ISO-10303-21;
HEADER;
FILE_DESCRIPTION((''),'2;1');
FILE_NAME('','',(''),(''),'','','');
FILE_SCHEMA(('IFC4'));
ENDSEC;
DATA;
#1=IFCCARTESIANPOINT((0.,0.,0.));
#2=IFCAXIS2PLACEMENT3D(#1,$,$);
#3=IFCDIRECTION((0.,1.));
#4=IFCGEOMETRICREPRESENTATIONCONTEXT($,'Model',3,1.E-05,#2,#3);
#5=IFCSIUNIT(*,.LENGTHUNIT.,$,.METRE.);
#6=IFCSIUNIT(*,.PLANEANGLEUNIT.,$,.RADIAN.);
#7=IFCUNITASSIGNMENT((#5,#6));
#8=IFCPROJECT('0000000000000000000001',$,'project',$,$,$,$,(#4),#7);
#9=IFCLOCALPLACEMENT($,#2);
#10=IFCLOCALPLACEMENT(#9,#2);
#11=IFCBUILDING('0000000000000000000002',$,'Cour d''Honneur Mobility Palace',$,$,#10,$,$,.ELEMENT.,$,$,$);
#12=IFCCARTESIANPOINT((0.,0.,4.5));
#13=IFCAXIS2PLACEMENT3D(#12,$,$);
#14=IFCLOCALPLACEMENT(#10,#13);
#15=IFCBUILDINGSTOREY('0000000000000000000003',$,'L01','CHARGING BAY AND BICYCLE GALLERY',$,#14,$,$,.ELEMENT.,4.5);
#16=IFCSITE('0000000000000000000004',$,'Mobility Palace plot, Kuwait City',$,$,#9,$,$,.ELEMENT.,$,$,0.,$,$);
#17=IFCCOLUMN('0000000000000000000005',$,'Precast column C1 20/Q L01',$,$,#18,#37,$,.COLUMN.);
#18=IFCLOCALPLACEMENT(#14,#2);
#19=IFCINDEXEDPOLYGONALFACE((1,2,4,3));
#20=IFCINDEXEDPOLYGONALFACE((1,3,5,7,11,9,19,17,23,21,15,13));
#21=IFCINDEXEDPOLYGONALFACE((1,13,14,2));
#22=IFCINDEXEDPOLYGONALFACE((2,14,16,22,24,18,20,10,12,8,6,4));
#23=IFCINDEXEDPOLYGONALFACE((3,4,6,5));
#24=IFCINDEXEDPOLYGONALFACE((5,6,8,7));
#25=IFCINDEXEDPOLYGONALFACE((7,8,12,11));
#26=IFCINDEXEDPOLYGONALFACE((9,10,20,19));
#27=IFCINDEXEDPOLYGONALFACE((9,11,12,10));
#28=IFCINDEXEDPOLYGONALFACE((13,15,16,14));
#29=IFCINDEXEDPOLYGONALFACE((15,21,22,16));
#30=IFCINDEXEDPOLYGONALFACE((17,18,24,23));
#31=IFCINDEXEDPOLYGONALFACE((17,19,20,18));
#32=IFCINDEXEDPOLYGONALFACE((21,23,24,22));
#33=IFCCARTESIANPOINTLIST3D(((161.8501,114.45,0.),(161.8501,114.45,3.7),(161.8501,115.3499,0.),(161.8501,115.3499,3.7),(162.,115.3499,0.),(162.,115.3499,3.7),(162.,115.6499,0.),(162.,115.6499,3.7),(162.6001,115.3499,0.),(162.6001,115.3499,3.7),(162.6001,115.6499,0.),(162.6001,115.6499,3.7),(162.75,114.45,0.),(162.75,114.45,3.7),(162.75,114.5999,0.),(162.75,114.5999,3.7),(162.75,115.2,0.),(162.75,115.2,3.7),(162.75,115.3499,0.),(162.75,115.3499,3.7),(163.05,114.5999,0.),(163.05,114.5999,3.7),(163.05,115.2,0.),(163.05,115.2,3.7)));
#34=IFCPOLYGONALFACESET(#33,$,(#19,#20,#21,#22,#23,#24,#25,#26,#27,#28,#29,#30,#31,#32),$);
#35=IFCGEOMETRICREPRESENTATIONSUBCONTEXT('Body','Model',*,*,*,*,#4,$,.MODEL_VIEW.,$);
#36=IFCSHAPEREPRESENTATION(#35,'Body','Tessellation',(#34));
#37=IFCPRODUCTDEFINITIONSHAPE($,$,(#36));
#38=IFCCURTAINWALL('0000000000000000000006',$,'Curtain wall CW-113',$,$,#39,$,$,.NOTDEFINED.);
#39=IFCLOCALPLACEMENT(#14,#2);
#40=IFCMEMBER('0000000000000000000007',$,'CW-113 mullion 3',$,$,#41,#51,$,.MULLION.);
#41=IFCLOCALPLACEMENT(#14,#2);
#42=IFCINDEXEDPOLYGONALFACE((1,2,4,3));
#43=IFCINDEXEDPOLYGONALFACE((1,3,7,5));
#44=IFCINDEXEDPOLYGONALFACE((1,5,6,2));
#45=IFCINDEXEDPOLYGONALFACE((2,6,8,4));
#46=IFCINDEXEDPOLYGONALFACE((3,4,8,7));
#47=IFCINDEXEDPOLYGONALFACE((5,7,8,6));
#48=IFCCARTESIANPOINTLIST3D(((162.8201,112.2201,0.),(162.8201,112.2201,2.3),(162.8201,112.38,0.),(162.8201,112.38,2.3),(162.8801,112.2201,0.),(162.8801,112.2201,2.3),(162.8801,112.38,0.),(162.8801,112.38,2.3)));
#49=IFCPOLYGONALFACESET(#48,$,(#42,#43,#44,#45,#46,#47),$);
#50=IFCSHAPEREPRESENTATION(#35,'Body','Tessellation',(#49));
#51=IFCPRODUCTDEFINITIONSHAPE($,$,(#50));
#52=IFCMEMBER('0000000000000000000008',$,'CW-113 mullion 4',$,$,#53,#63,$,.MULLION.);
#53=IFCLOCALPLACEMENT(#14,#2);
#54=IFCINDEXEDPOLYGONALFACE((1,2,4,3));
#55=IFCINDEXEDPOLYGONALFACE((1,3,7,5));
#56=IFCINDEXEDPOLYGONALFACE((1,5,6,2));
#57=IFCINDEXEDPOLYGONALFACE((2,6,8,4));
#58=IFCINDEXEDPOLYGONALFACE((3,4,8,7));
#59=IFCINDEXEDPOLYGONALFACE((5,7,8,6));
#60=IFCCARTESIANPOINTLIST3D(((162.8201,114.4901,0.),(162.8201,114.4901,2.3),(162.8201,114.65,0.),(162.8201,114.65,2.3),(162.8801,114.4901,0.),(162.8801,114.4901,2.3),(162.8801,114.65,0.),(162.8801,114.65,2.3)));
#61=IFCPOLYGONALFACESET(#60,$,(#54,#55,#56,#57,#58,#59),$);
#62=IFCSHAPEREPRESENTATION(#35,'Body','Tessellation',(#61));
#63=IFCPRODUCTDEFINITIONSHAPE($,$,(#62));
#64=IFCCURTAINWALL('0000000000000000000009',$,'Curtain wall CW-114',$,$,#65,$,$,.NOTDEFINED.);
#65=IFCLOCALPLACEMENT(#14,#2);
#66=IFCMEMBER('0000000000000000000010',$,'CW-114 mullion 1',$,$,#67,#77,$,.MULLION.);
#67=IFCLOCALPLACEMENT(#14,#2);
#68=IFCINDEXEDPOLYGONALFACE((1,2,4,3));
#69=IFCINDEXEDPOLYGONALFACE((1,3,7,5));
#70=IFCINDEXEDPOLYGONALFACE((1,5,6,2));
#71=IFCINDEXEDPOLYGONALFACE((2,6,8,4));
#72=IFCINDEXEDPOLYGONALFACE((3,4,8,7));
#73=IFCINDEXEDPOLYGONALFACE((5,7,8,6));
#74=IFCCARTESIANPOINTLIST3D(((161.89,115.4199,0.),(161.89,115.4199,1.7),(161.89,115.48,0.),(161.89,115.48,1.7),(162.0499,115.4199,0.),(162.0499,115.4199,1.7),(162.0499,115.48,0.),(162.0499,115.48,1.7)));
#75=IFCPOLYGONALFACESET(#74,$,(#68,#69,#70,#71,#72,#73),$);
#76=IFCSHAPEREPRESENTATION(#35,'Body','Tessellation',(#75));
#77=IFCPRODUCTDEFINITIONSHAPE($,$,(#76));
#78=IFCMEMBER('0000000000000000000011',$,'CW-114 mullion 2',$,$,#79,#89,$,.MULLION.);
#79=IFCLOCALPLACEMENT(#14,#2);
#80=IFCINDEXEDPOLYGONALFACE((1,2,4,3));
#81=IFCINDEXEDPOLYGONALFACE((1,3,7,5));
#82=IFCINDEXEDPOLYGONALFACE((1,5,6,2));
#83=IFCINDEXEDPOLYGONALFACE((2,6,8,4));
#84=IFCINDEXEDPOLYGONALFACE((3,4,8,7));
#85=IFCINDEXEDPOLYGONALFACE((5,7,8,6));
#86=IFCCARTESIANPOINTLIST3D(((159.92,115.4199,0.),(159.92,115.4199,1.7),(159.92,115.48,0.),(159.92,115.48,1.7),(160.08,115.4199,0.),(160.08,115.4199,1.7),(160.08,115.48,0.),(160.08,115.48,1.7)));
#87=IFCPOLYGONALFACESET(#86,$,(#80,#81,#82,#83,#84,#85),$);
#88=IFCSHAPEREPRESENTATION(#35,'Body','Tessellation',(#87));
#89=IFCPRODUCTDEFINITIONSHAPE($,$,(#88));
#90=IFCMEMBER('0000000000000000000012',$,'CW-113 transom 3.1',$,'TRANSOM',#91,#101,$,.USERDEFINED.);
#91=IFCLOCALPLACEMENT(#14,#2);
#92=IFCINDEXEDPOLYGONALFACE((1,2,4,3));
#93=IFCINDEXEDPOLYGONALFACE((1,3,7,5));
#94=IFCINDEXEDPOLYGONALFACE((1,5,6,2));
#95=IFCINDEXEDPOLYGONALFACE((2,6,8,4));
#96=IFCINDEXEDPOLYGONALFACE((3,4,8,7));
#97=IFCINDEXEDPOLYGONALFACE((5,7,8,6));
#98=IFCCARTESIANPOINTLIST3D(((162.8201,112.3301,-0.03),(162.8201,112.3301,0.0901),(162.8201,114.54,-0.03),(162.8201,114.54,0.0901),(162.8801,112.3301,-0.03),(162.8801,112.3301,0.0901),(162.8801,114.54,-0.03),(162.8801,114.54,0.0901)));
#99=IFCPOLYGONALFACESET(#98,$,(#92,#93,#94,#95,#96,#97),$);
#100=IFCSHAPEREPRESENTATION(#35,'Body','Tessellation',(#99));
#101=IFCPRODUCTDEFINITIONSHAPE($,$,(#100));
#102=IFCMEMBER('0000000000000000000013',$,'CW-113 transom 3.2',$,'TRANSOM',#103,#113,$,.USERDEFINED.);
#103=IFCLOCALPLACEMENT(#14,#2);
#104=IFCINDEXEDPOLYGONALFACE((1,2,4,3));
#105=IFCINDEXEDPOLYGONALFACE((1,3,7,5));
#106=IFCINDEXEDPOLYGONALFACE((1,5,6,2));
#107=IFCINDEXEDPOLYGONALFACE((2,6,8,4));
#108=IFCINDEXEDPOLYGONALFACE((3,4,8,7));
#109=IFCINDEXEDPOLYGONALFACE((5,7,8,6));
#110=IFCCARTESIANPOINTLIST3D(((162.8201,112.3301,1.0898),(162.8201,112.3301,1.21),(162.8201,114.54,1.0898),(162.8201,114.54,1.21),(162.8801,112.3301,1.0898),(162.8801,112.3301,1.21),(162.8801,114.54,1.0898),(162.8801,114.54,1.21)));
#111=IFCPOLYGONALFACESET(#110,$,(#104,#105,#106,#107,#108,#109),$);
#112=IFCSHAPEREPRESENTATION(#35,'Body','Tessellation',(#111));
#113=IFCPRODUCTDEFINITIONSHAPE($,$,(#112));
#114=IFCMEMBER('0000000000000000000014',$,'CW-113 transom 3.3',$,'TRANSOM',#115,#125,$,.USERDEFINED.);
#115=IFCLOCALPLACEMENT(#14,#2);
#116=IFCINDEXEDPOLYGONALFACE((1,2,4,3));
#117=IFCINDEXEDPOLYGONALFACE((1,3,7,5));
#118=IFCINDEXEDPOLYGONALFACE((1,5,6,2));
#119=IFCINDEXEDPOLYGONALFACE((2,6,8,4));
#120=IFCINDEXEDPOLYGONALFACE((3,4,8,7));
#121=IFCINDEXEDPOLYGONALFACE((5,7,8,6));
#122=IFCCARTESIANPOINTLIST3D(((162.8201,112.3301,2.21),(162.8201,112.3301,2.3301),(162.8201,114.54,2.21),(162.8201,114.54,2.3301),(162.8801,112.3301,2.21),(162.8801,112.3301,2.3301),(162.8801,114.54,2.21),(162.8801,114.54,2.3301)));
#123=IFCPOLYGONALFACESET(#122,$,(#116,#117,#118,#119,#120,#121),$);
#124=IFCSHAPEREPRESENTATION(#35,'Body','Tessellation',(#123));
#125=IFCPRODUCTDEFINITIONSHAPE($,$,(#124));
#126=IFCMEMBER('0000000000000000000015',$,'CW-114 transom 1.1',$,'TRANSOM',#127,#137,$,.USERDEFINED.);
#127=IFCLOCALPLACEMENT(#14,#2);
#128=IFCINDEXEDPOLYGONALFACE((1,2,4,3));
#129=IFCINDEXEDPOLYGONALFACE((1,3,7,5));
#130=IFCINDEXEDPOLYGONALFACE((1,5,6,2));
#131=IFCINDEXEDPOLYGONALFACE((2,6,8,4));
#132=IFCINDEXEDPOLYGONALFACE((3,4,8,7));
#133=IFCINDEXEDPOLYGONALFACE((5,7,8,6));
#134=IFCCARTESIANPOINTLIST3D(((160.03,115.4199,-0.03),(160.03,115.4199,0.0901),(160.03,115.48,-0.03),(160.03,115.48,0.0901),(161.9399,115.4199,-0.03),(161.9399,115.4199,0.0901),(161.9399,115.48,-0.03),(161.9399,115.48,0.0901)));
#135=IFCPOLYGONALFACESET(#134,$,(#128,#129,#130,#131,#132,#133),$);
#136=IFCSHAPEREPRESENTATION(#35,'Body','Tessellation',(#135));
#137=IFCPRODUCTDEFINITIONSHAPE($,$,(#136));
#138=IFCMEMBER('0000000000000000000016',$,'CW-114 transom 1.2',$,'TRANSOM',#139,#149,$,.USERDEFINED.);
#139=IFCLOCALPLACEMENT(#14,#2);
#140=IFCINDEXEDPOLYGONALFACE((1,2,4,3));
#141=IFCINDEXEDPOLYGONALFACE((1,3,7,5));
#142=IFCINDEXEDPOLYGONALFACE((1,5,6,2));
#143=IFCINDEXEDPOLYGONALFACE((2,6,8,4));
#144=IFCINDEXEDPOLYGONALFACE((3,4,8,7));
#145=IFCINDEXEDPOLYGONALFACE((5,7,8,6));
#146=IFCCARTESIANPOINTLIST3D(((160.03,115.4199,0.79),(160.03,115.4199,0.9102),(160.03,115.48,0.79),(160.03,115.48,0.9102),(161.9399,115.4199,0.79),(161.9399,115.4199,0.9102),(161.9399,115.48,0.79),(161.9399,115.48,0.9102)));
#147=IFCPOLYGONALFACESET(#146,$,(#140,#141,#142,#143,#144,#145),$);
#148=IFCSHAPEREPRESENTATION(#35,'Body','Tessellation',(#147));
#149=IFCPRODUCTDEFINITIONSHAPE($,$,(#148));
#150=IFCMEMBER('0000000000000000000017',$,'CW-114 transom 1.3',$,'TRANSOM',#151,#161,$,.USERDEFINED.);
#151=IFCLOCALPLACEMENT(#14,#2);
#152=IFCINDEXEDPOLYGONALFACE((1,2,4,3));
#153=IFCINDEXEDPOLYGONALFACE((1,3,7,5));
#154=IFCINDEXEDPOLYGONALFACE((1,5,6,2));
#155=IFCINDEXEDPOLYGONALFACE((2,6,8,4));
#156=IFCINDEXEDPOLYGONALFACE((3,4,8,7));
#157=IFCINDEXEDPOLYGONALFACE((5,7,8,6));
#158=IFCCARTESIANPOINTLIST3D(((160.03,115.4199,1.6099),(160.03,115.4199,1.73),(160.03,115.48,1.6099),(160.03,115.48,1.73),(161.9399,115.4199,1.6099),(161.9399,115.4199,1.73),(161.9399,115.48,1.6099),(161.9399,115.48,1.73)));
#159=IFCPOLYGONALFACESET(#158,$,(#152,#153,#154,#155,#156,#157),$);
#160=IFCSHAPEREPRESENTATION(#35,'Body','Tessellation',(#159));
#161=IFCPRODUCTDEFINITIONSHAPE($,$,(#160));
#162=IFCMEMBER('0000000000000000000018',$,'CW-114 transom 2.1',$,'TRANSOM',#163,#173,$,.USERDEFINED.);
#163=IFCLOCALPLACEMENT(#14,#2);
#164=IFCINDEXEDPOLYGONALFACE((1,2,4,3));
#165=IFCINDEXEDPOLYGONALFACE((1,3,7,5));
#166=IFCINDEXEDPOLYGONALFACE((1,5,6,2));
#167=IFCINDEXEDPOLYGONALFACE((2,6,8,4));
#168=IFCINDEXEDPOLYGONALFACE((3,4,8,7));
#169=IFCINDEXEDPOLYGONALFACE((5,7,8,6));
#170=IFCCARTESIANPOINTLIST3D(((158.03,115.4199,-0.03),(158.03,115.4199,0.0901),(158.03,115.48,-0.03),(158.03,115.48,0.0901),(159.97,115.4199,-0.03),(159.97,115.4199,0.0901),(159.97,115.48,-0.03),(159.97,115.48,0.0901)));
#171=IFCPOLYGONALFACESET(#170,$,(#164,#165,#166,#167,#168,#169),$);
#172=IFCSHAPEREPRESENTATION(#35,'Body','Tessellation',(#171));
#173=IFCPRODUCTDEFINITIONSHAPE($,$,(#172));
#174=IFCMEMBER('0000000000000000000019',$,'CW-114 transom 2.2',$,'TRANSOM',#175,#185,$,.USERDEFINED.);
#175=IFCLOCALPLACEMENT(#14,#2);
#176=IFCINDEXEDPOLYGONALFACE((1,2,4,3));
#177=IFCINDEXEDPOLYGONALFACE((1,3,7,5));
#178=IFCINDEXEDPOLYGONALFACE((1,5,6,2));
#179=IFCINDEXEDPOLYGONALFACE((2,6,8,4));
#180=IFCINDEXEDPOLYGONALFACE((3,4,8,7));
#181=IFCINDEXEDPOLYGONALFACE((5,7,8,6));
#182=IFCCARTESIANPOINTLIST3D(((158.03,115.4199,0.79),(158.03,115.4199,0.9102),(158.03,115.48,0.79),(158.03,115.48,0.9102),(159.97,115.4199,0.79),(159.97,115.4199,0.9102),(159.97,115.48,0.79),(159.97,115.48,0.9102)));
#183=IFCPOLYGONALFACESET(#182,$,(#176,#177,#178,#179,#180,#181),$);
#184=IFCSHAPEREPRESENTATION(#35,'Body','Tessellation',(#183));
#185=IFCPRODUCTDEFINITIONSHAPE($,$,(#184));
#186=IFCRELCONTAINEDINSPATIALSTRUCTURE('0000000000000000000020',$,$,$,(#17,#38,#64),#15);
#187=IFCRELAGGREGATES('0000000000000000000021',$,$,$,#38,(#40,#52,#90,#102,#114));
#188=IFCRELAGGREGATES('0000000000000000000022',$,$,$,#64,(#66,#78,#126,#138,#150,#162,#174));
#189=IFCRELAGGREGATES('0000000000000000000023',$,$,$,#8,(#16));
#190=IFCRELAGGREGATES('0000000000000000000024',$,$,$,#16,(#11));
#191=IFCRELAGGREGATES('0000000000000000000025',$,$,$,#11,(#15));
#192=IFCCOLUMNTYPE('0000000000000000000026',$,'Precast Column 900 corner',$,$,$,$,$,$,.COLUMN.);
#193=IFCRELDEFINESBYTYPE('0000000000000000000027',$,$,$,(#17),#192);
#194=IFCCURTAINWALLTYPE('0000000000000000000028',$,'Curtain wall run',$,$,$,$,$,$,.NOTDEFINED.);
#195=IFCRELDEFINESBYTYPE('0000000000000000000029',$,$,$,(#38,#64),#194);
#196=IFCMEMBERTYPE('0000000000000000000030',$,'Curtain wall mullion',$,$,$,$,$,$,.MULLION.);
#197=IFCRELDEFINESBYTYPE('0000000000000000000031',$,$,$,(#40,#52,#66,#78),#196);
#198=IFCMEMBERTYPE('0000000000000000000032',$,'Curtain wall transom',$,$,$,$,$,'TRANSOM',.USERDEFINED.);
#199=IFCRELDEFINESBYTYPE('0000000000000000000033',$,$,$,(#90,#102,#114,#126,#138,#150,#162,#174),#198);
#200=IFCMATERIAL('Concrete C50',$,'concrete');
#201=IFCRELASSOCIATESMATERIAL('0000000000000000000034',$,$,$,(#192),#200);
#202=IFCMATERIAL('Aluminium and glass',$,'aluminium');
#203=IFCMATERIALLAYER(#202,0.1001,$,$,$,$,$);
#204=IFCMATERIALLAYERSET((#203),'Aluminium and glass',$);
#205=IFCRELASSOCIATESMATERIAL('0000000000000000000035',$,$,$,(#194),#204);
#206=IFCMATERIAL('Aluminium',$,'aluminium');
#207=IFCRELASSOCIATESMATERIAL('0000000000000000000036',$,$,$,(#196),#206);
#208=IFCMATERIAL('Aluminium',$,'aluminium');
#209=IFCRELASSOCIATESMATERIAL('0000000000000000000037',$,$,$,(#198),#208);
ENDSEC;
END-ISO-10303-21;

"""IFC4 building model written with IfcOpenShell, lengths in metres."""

from ifc_helpers import new_model, si_unit, direction, frame, origin, origin_2d, place, context, subcontext, project, spatial, polyline, rectangle, outline, extrude, material, layer, layer_set, material_profile, profile_set, type_object, element, aggregate, save


model = new_model("IFC4")

# Units and contexts
model_context = context("Model", 3, precision=1e-05, world=origin(), true_north=direction((0.0, 1.0)))
body_context = subcontext(model_context, "Body", "Model", "MODEL_VIEW")
ifc_project = project(units=[si_unit("LENGTHUNIT", "METRE"), si_unit("PLANEANGLEUNIT", "RADIAN")], contexts=[model_context])

# Site, building, storey
site_placement = place(None, origin())
site = spatial("IfcSite", under=ifc_project, at=site_placement, Name="Mobility Palace plot, Kuwait City", CompositionType="ELEMENT", RefElevation=0.0)
building_placement = place(site_placement, origin())
building = spatial("IfcBuilding", under=site, at=building_placement, Name="Cour d'Honneur Mobility Palace", CompositionType="ELEMENT")
storey_placement = place(building_placement, frame((0.0, 0.0, 4.5)))
storey = spatial("IfcBuildingStorey", under=building, at=storey_placement, Name="L01", Description="CHARGING BAY AND BICYCLE GALLERY", CompositionType="ELEMENT", Elevation=4.5)

# Column
ifc_material_1 = material(Name="Concrete C50", Category="concrete")
ifc_material_profile_1 = material_profile(ifc_material_1, outline(polyline([(-0.45, -0.45), (0.45, -0.45), (0.45, -0.3), (0.75, -0.3), (0.75, 0.3), (0.45, 0.3), (0.45, 0.45), (0.3, 0.45), (0.3, 0.75), (-0.3, 0.75), (-0.3, 0.45), (-0.45, 0.45), (-0.45, -0.45)])), Name="PC C900 corner")
ifc_profile_set_1 = profile_set([ifc_material_profile_1], Name="Concrete C50")
column_type = type_object("IfcColumnType", Name="Precast Column 900 corner", PredefinedType="COLUMN", material=ifc_profile_set_1)
column_placement = place(storey_placement, frame((162.3, 114.8999, 0.0), z_axis=(0.0, 0.0, 1.0), x_axis=(1.0, 0.0, 0.0)))
element("IfcColumn", 1, at=column_placement, inside=storey, type_object=column_type, Name="Precast column C1 20/Q L01", PredefinedType="COLUMN", context=body_context, shape_type="SweptSolid", body=[
    extrude(outline(polyline([(-0.45, -0.45), (0.45, -0.45), (0.45, -0.3), (0.75, -0.3), (0.75, 0.3), (0.45, 0.3), (0.45, 0.45), (0.3, 0.45), (0.3, 0.75), (-0.3, 0.75), (-0.3, 0.45), (-0.45, 0.45), (-0.45, -0.45)])), origin(), (0.0, 0.0, 1.0), 3.7),
])

# Curtain walls, members
ifc_material_2 = material(Name="Aluminium and glass", Category="aluminium")
ifc_layer_1 = layer(ifc_material_2, 0.1001)
ifc_layer_set_1 = layer_set([ifc_layer_1], Name="Aluminium and glass")
curtain_wall_type = type_object("IfcCurtainWallType", Name="Curtain wall run", PredefinedType="NOTDEFINED", material=ifc_layer_set_1)
curtain_wall_1_placement = place(storey_placement, origin())
curtain_wall_1 = element("IfcCurtainWall", 2, at=curtain_wall_1_placement, inside=storey, type_object=curtain_wall_type, Name="Curtain wall CW-113", PredefinedType="NOTDEFINED")
ifc_material_3 = material(Name="Aluminium", Category="aluminium")
ifc_material_profile_2 = material_profile(ifc_material_3, rectangle(XDim=0.0601, YDim=0.1599, at=origin_2d()), Name="Curtain wall mullion")
ifc_profile_set_2 = profile_set([ifc_material_profile_2], Name="Aluminium")
member_type_1 = type_object("IfcMemberType", Name="Curtain wall mullion", PredefinedType="MULLION", material=ifc_profile_set_2)
member_1_placement = place(storey_placement, frame((162.8501, 112.3, 0.0), z_axis=(0.0, 0.0, 1.0), x_axis=(-1.0, 0.0, 0.0)))
member_1 = element("IfcMember", 3, at=member_1_placement, type_object=member_type_1, Name="CW-113 mullion 3", PredefinedType="MULLION", context=body_context, shape_type="SweptSolid", body=[
    extrude(rectangle(XDim=0.0601, YDim=0.1599, at=origin_2d()), origin(), (0.0, 0.0, 1.0), 2.3),
])
member_2_placement = place(storey_placement, frame((162.8501, 114.5701, 0.0), z_axis=(0.0, 0.0, 1.0), x_axis=(-1.0, 0.0, 0.0)))
member_2 = element("IfcMember", 4, at=member_2_placement, type_object=member_type_1, Name="CW-113 mullion 4", PredefinedType="MULLION", context=body_context, shape_type="SweptSolid", body=[
    extrude(rectangle(XDim=0.0601, YDim=0.1599, at=origin_2d()), origin(), (0.0, 0.0, 1.0), 2.3),
])
curtain_wall_2_placement = place(storey_placement, origin())
curtain_wall_2 = element("IfcCurtainWall", 5, at=curtain_wall_2_placement, inside=storey, type_object=curtain_wall_type, Name="Curtain wall CW-114", PredefinedType="NOTDEFINED")
member_3_placement = place(storey_placement, frame((161.97, 115.45, 0.0), z_axis=(0.0, 0.0, 1.0), x_axis=(0.0, -1.0, 0.0)))
member_3 = element("IfcMember", 6, at=member_3_placement, type_object=member_type_1, Name="CW-114 mullion 1", PredefinedType="MULLION", context=body_context, shape_type="SweptSolid", body=[
    extrude(rectangle(XDim=0.0601, YDim=0.1599, at=origin_2d()), origin(), (0.0, 0.0, 1.0), 1.7),
])
member_4_placement = place(storey_placement, frame((160.0, 115.45, 0.0), z_axis=(0.0, 0.0, 1.0), x_axis=(0.0, -1.0, 0.0)))
member_4 = element("IfcMember", 7, at=member_4_placement, type_object=member_type_1, Name="CW-114 mullion 2", PredefinedType="MULLION", context=body_context, shape_type="SweptSolid", body=[
    extrude(rectangle(XDim=0.0601, YDim=0.1599, at=origin_2d()), origin(), (0.0, 0.0, 1.0), 1.7),
])

# Members
ifc_material_4 = material(Name="Aluminium", Category="aluminium")
ifc_material_profile_3 = material_profile(ifc_material_4, rectangle(XDim=0.0601, YDim=0.1201, at=origin_2d()), Name="Curtain wall transom")
ifc_profile_set_3 = profile_set([ifc_material_profile_3], Name="Aluminium")
member_type_2 = type_object("IfcMemberType", Name="Curtain wall transom", ElementType="TRANSOM", PredefinedType="USERDEFINED", material=ifc_profile_set_3)
member_5_placement = place(storey_placement, frame((162.8501, 112.3301, 0.03), z_axis=(0.0, 1.0, 0.0), x_axis=(-1.0, 0.0, 0.0)))
member_5 = element("IfcMember", 8, at=member_5_placement, type_object=member_type_2, Name="CW-113 transom 3.1", ObjectType="TRANSOM", PredefinedType="USERDEFINED", context=body_context, shape_type="SweptSolid", body=[
    extrude(rectangle(XDim=0.0601, YDim=0.1201, at=origin_2d()), origin(), (0.0, 0.0, 1.0), 2.21),
])
member_6_placement = place(storey_placement, frame((162.8501, 112.3301, 1.1499), z_axis=(0.0, 1.0, 0.0), x_axis=(-1.0, 0.0, 0.0)))
member_6 = element("IfcMember", 9, at=member_6_placement, type_object=member_type_2, Name="CW-113 transom 3.2", ObjectType="TRANSOM", PredefinedType="USERDEFINED", context=body_context, shape_type="SweptSolid", body=[
    extrude(rectangle(XDim=0.0601, YDim=0.1201, at=origin_2d()), origin(), (0.0, 0.0, 1.0), 2.21),
])
member_7_placement = place(storey_placement, frame((162.8501, 112.3301, 2.27), z_axis=(0.0, 1.0, 0.0), x_axis=(-1.0, 0.0, 0.0)))
member_7 = element("IfcMember", 10, at=member_7_placement, type_object=member_type_2, Name="CW-113 transom 3.3", ObjectType="TRANSOM", PredefinedType="USERDEFINED", context=body_context, shape_type="SweptSolid", body=[
    extrude(rectangle(XDim=0.0601, YDim=0.1201, at=origin_2d()), origin(), (0.0, 0.0, 1.0), 2.21),
])
member_8_placement = place(storey_placement, frame((161.9399, 115.45, 0.03), z_axis=(-1.0, 0.0, 0.0), x_axis=(0.0, -1.0, 0.0)))
member_8 = element("IfcMember", 11, at=member_8_placement, type_object=member_type_2, Name="CW-114 transom 1.1", ObjectType="TRANSOM", PredefinedType="USERDEFINED", context=body_context, shape_type="SweptSolid", body=[
    extrude(rectangle(XDim=0.0601, YDim=0.1201, at=origin_2d()), origin(), (0.0, 0.0, 1.0), 1.9099),
])
member_9_placement = place(storey_placement, frame((161.9399, 115.45, 0.8501), z_axis=(-1.0, 0.0, 0.0), x_axis=(0.0, -1.0, 0.0)))
member_9 = element("IfcMember", 12, at=member_9_placement, type_object=member_type_2, Name="CW-114 transom 1.2", ObjectType="TRANSOM", PredefinedType="USERDEFINED", context=body_context, shape_type="SweptSolid", body=[
    extrude(rectangle(XDim=0.0601, YDim=0.1201, at=origin_2d()), origin(), (0.0, 0.0, 1.0), 1.9099),
])
member_10_placement = place(storey_placement, frame((161.9399, 115.45, 1.6699), z_axis=(-1.0, 0.0, 0.0), x_axis=(0.0, -1.0, 0.0)))
member_10 = element("IfcMember", 13, at=member_10_placement, type_object=member_type_2, Name="CW-114 transom 1.3", ObjectType="TRANSOM", PredefinedType="USERDEFINED", context=body_context, shape_type="SweptSolid", body=[
    extrude(rectangle(XDim=0.0601, YDim=0.1201, at=origin_2d()), origin(), (0.0, 0.0, 1.0), 1.9099),
])
member_11_placement = place(storey_placement, frame((159.97, 115.45, 0.03), z_axis=(-1.0, 0.0, 0.0), x_axis=(0.0, -1.0, 0.0)))
member_11 = element("IfcMember", 14, at=member_11_placement, type_object=member_type_2, Name="CW-114 transom 2.1", ObjectType="TRANSOM", PredefinedType="USERDEFINED", context=body_context, shape_type="SweptSolid", body=[
    extrude(rectangle(XDim=0.0601, YDim=0.1201, at=origin_2d()), origin(), (0.0, 0.0, 1.0), 1.9399),
])
member_12_placement = place(storey_placement, frame((159.97, 115.45, 0.8501), z_axis=(-1.0, 0.0, 0.0), x_axis=(0.0, -1.0, 0.0)))
member_12 = element("IfcMember", 15, at=member_12_placement, type_object=member_type_2, Name="CW-114 transom 2.2", ObjectType="TRANSOM", PredefinedType="USERDEFINED", context=body_context, shape_type="SweptSolid", body=[
    extrude(rectangle(XDim=0.0601, YDim=0.1201, at=origin_2d()), origin(), (0.0, 0.0, 1.0), 1.9399),
])

aggregate(curtain_wall_1, [member_1, member_2, member_5, member_6, member_7])
aggregate(curtain_wall_2, [member_3, member_4, member_8, member_9, member_10, member_11, member_12])

save(model, "model.ifc")
